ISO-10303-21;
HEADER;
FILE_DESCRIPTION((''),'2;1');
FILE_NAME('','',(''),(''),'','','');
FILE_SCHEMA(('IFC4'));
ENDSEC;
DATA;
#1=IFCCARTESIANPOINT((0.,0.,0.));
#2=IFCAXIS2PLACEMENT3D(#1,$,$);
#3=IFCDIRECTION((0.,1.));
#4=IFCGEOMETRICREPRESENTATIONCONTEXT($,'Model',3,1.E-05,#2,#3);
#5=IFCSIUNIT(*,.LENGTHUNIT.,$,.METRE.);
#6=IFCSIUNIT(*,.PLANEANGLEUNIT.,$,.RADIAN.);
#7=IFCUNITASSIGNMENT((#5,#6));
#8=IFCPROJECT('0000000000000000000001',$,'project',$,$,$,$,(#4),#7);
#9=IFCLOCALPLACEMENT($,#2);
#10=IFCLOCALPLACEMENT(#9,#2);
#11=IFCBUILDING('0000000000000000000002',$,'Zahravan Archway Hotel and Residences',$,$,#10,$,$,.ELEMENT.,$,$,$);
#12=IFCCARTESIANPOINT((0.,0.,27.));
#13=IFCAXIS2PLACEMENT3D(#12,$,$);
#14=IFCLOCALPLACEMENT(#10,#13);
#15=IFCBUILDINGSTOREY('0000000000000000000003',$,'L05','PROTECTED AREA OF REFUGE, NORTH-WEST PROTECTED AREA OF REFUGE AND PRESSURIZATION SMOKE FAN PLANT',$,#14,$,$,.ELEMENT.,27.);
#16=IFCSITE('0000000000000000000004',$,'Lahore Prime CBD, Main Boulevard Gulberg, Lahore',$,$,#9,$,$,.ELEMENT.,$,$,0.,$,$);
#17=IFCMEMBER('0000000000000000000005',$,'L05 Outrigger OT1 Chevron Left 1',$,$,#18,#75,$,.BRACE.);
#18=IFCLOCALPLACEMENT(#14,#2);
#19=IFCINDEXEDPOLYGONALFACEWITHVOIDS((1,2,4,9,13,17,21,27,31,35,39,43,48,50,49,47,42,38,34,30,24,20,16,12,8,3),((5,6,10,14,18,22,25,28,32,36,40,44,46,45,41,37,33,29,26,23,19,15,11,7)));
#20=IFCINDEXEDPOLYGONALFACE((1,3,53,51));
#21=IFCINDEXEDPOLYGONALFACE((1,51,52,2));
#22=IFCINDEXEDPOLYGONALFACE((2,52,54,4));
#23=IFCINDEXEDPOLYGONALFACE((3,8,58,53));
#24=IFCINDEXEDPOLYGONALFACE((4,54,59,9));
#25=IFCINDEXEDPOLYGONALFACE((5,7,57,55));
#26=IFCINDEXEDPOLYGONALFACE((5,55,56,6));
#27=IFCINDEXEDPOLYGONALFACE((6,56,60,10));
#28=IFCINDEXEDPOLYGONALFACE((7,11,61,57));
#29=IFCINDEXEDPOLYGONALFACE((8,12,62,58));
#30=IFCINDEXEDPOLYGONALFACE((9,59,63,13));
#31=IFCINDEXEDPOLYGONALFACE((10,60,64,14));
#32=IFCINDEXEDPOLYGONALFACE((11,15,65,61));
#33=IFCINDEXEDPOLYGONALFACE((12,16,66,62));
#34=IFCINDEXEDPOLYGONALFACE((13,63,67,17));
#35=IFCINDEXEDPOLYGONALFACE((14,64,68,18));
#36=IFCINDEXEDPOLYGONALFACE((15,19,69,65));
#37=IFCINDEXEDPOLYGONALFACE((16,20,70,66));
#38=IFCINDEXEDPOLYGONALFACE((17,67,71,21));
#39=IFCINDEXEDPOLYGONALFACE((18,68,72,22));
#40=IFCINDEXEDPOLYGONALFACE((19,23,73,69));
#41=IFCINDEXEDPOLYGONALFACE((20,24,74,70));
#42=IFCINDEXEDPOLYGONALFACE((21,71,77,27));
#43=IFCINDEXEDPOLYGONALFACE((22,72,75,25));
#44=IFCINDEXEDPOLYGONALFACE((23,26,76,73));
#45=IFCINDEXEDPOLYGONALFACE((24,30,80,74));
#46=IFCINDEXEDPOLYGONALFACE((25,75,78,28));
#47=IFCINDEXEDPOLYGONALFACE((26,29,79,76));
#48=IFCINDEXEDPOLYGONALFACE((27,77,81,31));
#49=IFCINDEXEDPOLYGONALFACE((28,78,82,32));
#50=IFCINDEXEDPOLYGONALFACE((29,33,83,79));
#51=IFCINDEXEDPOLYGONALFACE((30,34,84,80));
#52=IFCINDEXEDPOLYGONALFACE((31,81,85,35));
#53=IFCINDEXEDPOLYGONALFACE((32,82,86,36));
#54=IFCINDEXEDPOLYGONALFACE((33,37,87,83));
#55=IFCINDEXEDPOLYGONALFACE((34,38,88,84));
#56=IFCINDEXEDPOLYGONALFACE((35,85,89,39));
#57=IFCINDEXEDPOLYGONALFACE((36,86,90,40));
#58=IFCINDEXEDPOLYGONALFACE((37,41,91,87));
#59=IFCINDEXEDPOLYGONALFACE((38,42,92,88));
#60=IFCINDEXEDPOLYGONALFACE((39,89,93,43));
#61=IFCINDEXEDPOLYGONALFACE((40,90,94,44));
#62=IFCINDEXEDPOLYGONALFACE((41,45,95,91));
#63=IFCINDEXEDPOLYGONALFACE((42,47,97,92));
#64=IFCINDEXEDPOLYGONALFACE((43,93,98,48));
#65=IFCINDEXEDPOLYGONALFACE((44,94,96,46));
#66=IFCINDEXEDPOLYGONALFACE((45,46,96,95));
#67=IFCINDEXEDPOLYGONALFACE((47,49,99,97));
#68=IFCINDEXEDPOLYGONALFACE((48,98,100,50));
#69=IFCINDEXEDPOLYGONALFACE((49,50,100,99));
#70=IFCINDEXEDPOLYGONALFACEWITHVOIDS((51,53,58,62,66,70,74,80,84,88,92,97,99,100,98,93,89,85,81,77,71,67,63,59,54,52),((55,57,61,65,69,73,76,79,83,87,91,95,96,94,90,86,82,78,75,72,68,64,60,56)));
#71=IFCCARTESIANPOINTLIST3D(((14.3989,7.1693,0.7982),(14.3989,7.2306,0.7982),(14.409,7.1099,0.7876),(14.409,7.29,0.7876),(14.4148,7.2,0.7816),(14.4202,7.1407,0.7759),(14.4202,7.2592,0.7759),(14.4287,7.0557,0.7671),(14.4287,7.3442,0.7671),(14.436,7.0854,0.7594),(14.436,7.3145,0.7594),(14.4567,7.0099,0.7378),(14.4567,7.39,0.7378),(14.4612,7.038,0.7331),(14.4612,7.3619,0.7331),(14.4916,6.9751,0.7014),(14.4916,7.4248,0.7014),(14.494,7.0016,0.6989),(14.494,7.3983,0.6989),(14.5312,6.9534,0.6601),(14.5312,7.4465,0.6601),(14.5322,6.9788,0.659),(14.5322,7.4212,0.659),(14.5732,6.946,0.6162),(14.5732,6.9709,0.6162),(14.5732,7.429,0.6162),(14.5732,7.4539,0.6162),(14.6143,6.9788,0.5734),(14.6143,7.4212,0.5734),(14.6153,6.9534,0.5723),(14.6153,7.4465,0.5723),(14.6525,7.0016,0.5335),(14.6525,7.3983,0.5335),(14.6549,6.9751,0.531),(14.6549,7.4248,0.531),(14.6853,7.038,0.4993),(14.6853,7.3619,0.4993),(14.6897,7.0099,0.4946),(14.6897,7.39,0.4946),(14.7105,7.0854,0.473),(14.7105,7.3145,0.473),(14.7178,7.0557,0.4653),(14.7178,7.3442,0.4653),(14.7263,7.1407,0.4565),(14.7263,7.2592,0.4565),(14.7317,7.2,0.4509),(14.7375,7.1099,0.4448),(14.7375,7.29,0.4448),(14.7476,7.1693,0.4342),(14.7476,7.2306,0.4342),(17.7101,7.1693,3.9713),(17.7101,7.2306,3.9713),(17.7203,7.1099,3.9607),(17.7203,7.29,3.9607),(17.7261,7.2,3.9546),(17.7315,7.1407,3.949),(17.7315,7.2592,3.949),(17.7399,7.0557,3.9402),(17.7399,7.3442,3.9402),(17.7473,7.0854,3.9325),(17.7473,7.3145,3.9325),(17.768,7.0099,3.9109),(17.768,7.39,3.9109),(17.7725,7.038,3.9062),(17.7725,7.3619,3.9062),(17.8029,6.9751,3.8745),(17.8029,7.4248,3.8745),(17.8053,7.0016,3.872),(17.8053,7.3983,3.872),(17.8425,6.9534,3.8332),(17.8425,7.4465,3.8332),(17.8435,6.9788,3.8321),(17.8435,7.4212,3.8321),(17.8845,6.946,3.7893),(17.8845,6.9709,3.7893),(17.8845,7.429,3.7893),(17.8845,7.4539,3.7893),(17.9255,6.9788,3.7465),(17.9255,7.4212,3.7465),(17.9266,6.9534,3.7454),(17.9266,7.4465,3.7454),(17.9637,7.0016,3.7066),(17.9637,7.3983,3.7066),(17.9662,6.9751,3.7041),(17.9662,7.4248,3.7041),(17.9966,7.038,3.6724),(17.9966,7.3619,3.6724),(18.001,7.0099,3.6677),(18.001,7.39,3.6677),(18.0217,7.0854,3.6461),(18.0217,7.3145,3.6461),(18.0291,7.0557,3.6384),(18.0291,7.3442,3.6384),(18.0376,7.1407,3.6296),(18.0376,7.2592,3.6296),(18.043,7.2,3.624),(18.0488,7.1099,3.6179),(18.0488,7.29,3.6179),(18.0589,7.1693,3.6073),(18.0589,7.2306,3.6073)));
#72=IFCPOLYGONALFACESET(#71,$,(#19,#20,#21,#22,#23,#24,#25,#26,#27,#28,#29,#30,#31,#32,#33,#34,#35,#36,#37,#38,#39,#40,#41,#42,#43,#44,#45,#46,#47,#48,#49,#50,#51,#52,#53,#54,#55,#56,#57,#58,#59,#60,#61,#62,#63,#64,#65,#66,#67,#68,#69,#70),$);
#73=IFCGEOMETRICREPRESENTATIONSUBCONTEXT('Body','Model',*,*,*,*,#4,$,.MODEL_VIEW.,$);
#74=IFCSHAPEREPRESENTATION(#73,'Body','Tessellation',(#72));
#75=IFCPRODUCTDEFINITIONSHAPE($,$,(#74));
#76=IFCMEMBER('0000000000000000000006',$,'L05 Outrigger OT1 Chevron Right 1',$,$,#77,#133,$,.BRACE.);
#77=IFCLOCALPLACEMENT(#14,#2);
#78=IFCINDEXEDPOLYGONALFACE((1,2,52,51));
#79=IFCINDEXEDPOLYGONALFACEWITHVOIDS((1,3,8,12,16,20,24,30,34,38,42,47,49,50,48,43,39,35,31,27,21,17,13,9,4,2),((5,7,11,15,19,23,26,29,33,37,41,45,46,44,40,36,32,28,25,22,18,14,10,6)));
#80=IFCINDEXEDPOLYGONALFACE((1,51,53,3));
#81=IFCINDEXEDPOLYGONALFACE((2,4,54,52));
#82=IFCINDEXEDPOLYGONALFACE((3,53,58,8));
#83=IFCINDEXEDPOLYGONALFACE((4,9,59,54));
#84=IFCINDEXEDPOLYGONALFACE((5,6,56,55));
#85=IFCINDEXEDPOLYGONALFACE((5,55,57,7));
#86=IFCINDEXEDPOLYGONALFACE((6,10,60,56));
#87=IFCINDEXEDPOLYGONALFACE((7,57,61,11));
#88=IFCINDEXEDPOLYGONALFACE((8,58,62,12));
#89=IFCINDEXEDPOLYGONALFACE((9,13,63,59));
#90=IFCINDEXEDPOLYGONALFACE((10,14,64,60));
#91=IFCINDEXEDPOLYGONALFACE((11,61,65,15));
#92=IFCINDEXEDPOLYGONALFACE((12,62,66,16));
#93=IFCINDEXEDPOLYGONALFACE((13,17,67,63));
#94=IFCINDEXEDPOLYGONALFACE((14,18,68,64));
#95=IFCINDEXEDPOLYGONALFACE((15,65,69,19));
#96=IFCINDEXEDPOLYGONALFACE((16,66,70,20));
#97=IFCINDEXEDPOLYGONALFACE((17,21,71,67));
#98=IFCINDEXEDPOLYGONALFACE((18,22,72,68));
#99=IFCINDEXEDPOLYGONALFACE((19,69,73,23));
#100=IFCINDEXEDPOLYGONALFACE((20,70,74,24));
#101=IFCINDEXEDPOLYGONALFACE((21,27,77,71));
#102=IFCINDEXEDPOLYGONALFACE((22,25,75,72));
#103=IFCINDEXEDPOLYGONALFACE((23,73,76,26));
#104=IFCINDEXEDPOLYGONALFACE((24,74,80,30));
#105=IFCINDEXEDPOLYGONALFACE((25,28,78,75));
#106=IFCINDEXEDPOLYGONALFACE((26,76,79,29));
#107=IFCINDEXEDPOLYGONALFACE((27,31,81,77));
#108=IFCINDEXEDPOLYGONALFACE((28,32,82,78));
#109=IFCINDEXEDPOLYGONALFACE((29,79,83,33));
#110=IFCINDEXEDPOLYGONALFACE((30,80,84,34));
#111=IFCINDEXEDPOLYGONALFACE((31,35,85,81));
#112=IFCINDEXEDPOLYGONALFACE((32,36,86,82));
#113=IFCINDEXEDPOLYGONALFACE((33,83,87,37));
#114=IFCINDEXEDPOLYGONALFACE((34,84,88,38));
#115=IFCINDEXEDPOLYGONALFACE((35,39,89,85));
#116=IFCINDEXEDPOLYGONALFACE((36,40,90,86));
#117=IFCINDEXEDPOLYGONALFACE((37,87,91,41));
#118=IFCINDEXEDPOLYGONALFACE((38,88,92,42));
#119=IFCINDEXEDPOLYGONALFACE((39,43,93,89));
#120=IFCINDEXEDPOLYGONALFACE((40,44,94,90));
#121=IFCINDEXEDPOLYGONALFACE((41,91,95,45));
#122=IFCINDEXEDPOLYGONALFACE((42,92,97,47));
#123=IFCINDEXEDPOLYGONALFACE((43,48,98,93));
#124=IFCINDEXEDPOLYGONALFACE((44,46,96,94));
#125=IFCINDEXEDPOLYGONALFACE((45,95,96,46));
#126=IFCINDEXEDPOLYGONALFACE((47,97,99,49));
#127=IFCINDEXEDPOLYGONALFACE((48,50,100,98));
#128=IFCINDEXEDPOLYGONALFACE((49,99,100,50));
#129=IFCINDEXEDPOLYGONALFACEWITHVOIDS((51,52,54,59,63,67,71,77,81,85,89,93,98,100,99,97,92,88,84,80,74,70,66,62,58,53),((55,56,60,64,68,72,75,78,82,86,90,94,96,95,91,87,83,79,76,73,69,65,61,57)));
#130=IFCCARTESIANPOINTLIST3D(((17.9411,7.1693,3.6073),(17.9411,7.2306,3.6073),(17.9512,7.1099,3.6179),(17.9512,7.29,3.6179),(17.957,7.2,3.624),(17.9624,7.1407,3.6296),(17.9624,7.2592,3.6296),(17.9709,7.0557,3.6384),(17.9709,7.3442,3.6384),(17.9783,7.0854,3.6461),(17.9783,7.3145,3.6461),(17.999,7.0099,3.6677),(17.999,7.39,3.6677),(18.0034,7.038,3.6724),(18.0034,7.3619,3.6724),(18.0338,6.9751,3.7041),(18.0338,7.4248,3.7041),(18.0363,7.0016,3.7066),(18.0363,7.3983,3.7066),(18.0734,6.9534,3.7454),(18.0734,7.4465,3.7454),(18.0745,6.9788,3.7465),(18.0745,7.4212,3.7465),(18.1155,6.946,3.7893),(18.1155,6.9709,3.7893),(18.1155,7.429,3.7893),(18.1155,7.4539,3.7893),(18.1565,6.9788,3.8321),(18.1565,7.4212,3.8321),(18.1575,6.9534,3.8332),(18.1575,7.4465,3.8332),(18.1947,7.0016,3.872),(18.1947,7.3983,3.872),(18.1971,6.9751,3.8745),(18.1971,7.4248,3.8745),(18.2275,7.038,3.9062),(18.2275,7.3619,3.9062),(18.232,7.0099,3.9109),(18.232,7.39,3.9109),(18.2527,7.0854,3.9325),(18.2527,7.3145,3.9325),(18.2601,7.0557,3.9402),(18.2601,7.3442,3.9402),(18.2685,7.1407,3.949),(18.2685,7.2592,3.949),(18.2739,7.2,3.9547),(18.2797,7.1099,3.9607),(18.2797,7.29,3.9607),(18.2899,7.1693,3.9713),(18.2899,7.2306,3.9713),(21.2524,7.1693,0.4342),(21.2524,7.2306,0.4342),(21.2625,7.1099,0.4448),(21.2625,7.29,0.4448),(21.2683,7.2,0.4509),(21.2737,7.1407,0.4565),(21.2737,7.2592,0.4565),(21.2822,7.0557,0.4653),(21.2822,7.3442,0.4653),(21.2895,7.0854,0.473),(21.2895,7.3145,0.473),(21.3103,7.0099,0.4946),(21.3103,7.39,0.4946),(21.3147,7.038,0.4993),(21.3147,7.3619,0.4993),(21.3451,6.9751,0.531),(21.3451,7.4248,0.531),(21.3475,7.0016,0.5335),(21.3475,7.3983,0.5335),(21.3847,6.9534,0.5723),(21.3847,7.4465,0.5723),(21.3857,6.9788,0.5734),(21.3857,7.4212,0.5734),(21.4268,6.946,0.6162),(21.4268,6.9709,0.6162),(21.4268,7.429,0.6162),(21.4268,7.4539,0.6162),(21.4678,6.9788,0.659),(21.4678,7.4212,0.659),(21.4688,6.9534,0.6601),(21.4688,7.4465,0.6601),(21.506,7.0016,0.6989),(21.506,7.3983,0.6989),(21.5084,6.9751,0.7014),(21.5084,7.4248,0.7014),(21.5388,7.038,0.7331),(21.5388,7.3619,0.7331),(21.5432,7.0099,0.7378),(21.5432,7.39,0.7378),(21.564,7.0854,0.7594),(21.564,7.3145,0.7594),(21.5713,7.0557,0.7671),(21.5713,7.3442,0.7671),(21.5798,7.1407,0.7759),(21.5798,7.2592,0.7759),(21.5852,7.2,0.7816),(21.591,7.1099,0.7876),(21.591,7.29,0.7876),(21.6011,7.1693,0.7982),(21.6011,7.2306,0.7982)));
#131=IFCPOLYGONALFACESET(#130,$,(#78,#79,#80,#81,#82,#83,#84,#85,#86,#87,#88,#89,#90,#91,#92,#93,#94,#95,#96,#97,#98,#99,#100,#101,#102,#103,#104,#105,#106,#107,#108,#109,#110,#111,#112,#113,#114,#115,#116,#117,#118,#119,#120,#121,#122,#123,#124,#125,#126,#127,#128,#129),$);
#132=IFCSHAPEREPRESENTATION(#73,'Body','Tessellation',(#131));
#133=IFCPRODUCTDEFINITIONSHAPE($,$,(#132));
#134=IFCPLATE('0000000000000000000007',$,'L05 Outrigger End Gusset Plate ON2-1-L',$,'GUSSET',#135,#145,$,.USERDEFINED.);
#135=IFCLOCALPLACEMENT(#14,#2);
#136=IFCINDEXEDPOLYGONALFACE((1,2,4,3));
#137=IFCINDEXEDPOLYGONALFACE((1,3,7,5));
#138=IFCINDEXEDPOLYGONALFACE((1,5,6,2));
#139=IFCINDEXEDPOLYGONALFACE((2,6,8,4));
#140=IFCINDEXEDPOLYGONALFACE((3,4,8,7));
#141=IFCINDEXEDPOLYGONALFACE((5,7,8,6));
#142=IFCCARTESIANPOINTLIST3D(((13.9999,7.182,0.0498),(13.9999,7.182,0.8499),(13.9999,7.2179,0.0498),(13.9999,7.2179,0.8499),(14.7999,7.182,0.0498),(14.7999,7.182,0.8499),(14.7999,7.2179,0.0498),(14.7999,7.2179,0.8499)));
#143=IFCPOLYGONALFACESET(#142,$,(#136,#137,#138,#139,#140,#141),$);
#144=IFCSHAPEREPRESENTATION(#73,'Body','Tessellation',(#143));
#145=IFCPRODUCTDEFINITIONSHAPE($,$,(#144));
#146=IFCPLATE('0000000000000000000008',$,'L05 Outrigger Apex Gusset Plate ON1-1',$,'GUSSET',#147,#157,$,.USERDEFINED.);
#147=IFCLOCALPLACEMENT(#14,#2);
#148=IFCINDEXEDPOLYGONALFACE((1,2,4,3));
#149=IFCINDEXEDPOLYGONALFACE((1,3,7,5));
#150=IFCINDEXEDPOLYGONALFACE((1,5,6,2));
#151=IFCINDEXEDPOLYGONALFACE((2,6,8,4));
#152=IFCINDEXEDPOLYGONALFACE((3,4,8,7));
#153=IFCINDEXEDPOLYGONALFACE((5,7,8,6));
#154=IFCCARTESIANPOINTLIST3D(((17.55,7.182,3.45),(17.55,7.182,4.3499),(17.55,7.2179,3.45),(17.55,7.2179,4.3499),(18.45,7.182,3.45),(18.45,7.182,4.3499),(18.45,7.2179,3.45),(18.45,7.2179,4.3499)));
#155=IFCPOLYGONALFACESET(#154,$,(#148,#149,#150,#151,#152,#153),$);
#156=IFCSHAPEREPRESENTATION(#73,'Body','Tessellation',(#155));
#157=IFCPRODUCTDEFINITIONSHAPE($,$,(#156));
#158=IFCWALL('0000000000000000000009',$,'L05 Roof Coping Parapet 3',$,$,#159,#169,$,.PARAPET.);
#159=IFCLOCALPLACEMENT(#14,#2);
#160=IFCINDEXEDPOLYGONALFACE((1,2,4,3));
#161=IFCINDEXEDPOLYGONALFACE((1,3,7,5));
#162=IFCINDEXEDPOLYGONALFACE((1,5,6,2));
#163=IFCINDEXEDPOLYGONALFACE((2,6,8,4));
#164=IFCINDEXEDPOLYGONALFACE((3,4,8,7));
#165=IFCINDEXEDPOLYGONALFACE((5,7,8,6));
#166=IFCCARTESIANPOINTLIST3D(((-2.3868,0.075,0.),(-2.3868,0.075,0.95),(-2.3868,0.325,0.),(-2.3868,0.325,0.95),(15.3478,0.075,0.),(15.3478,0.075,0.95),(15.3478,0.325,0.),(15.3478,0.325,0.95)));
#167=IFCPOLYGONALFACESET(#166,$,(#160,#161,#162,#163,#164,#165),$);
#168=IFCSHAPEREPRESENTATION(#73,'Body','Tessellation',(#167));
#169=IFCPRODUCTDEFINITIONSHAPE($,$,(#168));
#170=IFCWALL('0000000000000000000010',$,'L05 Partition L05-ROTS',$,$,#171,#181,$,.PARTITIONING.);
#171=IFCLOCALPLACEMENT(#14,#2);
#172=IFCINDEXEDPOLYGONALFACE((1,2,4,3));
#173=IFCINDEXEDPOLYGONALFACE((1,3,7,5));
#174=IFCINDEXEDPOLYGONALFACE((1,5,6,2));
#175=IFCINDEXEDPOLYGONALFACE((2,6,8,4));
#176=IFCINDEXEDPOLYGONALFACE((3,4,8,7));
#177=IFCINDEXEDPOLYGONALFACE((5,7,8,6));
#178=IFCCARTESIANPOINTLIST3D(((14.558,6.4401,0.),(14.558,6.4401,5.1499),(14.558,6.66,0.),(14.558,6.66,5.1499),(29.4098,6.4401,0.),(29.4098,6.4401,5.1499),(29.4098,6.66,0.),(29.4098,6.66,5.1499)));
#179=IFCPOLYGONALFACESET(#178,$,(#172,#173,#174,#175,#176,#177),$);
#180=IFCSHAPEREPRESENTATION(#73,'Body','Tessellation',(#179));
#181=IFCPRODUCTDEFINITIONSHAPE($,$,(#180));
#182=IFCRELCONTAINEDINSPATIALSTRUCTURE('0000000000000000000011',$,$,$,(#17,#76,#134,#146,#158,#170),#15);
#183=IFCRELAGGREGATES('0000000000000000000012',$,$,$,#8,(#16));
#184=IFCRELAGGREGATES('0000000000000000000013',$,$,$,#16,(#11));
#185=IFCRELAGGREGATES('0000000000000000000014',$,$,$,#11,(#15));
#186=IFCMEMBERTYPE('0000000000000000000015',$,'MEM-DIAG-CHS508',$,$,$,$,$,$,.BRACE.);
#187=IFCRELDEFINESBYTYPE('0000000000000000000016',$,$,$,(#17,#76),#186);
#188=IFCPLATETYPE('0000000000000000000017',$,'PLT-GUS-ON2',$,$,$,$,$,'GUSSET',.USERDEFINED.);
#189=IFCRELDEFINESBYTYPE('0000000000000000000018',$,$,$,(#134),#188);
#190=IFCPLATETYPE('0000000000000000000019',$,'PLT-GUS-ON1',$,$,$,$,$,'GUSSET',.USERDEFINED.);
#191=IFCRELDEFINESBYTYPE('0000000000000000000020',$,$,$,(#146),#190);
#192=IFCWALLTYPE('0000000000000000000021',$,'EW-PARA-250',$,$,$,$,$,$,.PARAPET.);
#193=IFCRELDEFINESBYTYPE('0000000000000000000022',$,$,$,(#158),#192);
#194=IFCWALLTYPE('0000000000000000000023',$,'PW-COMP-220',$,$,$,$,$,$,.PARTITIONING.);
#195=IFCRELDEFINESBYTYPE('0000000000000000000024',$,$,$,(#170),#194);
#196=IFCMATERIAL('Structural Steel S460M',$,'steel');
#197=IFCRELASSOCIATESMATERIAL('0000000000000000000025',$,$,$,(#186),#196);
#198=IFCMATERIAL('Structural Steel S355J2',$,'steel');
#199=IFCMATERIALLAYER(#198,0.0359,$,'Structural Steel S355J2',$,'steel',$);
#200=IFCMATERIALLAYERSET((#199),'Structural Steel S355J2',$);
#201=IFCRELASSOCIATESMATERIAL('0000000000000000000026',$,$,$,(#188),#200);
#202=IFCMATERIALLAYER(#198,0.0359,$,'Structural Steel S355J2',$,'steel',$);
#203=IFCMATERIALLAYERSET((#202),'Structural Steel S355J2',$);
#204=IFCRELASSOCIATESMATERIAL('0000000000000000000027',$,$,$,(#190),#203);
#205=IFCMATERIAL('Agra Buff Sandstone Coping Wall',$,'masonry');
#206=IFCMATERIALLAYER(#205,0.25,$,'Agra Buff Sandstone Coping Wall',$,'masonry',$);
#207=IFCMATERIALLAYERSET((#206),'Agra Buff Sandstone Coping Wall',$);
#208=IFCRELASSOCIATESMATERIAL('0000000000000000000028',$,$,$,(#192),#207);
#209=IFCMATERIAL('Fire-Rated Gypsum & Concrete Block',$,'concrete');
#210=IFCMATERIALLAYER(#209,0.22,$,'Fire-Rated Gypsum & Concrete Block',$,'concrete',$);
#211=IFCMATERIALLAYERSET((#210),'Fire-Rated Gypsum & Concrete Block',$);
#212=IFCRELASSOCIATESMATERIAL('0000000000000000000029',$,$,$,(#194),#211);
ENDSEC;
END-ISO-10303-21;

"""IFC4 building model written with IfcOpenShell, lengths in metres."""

from ifc_helpers import new_model, si_unit, direction, frame, frame_2d, origin, origin_2d, place, context, subcontext, project, spatial, rectangle, hollow_circle, extrude, source, transform, mapped, material, layer, layer_set, material_profile, profile_set, type_object, type_shapes, element, save


model = new_model("IFC4")

# Units and contexts
model_context = context("Model", 3, precision=1e-05, world=origin(), true_north=direction((0.0, 1.0)))
body_context = subcontext(model_context, "Body", "Model", "MODEL_VIEW")
ifc_project = project(units=[si_unit("LENGTHUNIT", "METRE"), si_unit("PLANEANGLEUNIT", "RADIAN")], contexts=[model_context])

# Site, building, storey
site_placement = place(None, origin())
site = spatial("IfcSite", under=ifc_project, at=site_placement, Name="Lahore Prime CBD, Main Boulevard Gulberg, Lahore", CompositionType="ELEMENT", RefElevation=0.0)
building_placement = place(site_placement, origin())
building = spatial("IfcBuilding", under=site, at=building_placement, Name="Zahravan Archway Hotel and Residences", CompositionType="ELEMENT")
storey_placement = place(building_placement, frame((0.0, 0.0, 27.0)))
storey = spatial("IfcBuildingStorey", under=building, at=storey_placement, Name="L05", Description="PROTECTED AREA OF REFUGE, NORTH-WEST PROTECTED AREA OF REFUGE AND PRESSURIZATION SMOKE FAN PLANT", CompositionType="ELEMENT", Elevation=27.0)

# Shared definitions
ifc_material_1 = material(Name="Structural Steel S460M", Category="steel")

# Members
ifc_material_profile_1 = material_profile(ifc_material_1, hollow_circle(Radius=0.2539, WallThickness=0.0249, at=origin_2d()), Name="CHS 508x25", Category="steel")
ifc_profile_set_1 = profile_set([ifc_material_profile_1], Name="Structural Steel S460M")
member_type_1 = type_object("IfcMemberType", Name="MEM-DIAG-CHS508", PredefinedType="BRACE", material=ifc_profile_set_1)
shared_shape_1 = source(origin(), body_context, "Body", "SweptSolid", [
    extrude(hollow_circle(Radius=0.2539, WallThickness=0.0249, at=origin_2d()), origin(), (0.0, 0.0, 1.0), 4.5862),
])
type_shapes(member_type_1, [shared_shape_1])
for number, where, z_axis, x_axis, name in (
    (1, (14.5732, 7.2, 0.6162), (0.722011, 0.0, 0.691881), (0.0, 1.0, 0.0), "L05 Outrigger OT1 Chevron Left 1"),
    (2, (18.1155, 7.2, 3.7893), (0.722011, 0.0, -0.691881), (0.0, 1.0, 0.0), "L05 Outrigger OT1 Chevron Right 1"),
):
    element("IfcMember", number, at=place(storey_placement, frame(where, z_axis=z_axis, x_axis=x_axis)), inside=storey, type_object=member_type_1, Name=name, PredefinedType="BRACE", context=body_context, shape_type="MappedRepresentation", body=[
        mapped(shared_shape_1, transform((0.0, 0.0, 0.0), scale=1.0)),
    ])

# Plates
ifc_material_2 = material(Name="Structural Steel S355J2", Category="steel")
ifc_layer_1 = layer(ifc_material_2, 0.0359, Name="Structural Steel S355J2", Category="steel")
ifc_layer_set_1 = layer_set([ifc_layer_1], Name="Structural Steel S355J2")
plate_type_1 = type_object("IfcPlateType", Name="PLT-GUS-ON2", ElementType="GUSSET", PredefinedType="USERDEFINED", material=ifc_layer_set_1)
shared_shape_2 = source(origin(), body_context, "Body", "SweptSolid", [
    extrude(rectangle(XDim=0.8, YDim=0.0359, at=origin_2d()), origin(), (0.0, 0.0, 1.0), 0.8),
])
type_shapes(plate_type_1, [shared_shape_2])
plate_1_placement = place(storey_placement, frame((14.3999, 7.2, 0.0498), z_axis=(0.0, 0.0, 1.0), x_axis=(1.0, 0.0, 0.0)))
element("IfcPlate", 3, at=plate_1_placement, inside=storey, type_object=plate_type_1, Name="L05 Outrigger End Gusset Plate ON2-1-L", ObjectType="GUSSET", PredefinedType="USERDEFINED", context=body_context, shape_type="MappedRepresentation", body=[
    mapped(shared_shape_2, transform((0.0, 0.0, 0.0), scale=1.0)),
])
ifc_layer_2 = layer(ifc_material_2, 0.0359, Name="Structural Steel S355J2", Category="steel")
ifc_layer_set_2 = layer_set([ifc_layer_2], Name="Structural Steel S355J2")
plate_type_2 = type_object("IfcPlateType", Name="PLT-GUS-ON1", ElementType="GUSSET", PredefinedType="USERDEFINED", material=ifc_layer_set_2)
shared_shape_3 = source(origin(), body_context, "Body", "SweptSolid", [
    extrude(rectangle(XDim=0.8999, YDim=0.0359, at=origin_2d()), origin(), (0.0, 0.0, 1.0), 0.8999),
])
type_shapes(plate_type_2, [shared_shape_3])
plate_2_placement = place(storey_placement, frame((18.0, 7.2, 3.45), z_axis=(0.0, 0.0, 1.0), x_axis=(1.0, 0.0, 0.0)))
element("IfcPlate", 4, at=plate_2_placement, inside=storey, type_object=plate_type_2, Name="L05 Outrigger Apex Gusset Plate ON1-1", ObjectType="GUSSET", PredefinedType="USERDEFINED", context=body_context, shape_type="MappedRepresentation", body=[
    mapped(shared_shape_3, transform((0.0, 0.0, 0.0), scale=1.0)),
])

# Walls
ifc_material_3 = material(Name="Agra Buff Sandstone Coping Wall", Category="masonry")
ifc_layer_3 = layer(ifc_material_3, 0.25, Name="Agra Buff Sandstone Coping Wall", Category="masonry")
ifc_layer_set_3 = layer_set([ifc_layer_3], Name="Agra Buff Sandstone Coping Wall")
wall_type_1 = type_object("IfcWallType", Name="EW-PARA-250", PredefinedType="PARAPET", material=ifc_layer_set_3)
wall_1_placement = place(storey_placement, frame((15.3477, 0.2, 0.0), z_axis=(0.0, 0.0, 1.0), x_axis=(-1.0, 0.0, 0.0)))
element("IfcWall", 5, at=wall_1_placement, inside=storey, type_object=wall_type_1, Name="L05 Roof Coping Parapet 3", PredefinedType="PARAPET", context=body_context, shape_type="SweptSolid", body=[
    extrude(rectangle(XDim=17.7346, YDim=0.25, at=frame_2d((8.8672, 0.0))), origin(), (0.0, 0.0, 1.0), 0.95),
])
ifc_material_4 = material(Name="Fire-Rated Gypsum & Concrete Block", Category="concrete")
ifc_layer_4 = layer(ifc_material_4, 0.22, Name="Fire-Rated Gypsum & Concrete Block", Category="concrete")
ifc_layer_set_4 = layer_set([ifc_layer_4], Name="Fire-Rated Gypsum & Concrete Block")
wall_type_2 = type_object("IfcWallType", Name="PW-COMP-220", PredefinedType="PARTITIONING", material=ifc_layer_set_4)
wall_2_placement = place(storey_placement, frame((14.5581, 6.55, 0.0), z_axis=(0.0, 0.0, 1.0), x_axis=(1.0, 0.0, 0.0)))
element("IfcWall", 6, at=wall_2_placement, inside=storey, type_object=wall_type_2, Name="L05 Partition L05-ROTS", PredefinedType="PARTITIONING", context=body_context, shape_type="SweptSolid", body=[
    extrude(rectangle(XDim=14.8518, YDim=0.22, at=frame_2d((7.4258, 0.0))), origin(), (0.0, 0.0, 1.0), 5.1499),
])

save(model, "model.ifc")
